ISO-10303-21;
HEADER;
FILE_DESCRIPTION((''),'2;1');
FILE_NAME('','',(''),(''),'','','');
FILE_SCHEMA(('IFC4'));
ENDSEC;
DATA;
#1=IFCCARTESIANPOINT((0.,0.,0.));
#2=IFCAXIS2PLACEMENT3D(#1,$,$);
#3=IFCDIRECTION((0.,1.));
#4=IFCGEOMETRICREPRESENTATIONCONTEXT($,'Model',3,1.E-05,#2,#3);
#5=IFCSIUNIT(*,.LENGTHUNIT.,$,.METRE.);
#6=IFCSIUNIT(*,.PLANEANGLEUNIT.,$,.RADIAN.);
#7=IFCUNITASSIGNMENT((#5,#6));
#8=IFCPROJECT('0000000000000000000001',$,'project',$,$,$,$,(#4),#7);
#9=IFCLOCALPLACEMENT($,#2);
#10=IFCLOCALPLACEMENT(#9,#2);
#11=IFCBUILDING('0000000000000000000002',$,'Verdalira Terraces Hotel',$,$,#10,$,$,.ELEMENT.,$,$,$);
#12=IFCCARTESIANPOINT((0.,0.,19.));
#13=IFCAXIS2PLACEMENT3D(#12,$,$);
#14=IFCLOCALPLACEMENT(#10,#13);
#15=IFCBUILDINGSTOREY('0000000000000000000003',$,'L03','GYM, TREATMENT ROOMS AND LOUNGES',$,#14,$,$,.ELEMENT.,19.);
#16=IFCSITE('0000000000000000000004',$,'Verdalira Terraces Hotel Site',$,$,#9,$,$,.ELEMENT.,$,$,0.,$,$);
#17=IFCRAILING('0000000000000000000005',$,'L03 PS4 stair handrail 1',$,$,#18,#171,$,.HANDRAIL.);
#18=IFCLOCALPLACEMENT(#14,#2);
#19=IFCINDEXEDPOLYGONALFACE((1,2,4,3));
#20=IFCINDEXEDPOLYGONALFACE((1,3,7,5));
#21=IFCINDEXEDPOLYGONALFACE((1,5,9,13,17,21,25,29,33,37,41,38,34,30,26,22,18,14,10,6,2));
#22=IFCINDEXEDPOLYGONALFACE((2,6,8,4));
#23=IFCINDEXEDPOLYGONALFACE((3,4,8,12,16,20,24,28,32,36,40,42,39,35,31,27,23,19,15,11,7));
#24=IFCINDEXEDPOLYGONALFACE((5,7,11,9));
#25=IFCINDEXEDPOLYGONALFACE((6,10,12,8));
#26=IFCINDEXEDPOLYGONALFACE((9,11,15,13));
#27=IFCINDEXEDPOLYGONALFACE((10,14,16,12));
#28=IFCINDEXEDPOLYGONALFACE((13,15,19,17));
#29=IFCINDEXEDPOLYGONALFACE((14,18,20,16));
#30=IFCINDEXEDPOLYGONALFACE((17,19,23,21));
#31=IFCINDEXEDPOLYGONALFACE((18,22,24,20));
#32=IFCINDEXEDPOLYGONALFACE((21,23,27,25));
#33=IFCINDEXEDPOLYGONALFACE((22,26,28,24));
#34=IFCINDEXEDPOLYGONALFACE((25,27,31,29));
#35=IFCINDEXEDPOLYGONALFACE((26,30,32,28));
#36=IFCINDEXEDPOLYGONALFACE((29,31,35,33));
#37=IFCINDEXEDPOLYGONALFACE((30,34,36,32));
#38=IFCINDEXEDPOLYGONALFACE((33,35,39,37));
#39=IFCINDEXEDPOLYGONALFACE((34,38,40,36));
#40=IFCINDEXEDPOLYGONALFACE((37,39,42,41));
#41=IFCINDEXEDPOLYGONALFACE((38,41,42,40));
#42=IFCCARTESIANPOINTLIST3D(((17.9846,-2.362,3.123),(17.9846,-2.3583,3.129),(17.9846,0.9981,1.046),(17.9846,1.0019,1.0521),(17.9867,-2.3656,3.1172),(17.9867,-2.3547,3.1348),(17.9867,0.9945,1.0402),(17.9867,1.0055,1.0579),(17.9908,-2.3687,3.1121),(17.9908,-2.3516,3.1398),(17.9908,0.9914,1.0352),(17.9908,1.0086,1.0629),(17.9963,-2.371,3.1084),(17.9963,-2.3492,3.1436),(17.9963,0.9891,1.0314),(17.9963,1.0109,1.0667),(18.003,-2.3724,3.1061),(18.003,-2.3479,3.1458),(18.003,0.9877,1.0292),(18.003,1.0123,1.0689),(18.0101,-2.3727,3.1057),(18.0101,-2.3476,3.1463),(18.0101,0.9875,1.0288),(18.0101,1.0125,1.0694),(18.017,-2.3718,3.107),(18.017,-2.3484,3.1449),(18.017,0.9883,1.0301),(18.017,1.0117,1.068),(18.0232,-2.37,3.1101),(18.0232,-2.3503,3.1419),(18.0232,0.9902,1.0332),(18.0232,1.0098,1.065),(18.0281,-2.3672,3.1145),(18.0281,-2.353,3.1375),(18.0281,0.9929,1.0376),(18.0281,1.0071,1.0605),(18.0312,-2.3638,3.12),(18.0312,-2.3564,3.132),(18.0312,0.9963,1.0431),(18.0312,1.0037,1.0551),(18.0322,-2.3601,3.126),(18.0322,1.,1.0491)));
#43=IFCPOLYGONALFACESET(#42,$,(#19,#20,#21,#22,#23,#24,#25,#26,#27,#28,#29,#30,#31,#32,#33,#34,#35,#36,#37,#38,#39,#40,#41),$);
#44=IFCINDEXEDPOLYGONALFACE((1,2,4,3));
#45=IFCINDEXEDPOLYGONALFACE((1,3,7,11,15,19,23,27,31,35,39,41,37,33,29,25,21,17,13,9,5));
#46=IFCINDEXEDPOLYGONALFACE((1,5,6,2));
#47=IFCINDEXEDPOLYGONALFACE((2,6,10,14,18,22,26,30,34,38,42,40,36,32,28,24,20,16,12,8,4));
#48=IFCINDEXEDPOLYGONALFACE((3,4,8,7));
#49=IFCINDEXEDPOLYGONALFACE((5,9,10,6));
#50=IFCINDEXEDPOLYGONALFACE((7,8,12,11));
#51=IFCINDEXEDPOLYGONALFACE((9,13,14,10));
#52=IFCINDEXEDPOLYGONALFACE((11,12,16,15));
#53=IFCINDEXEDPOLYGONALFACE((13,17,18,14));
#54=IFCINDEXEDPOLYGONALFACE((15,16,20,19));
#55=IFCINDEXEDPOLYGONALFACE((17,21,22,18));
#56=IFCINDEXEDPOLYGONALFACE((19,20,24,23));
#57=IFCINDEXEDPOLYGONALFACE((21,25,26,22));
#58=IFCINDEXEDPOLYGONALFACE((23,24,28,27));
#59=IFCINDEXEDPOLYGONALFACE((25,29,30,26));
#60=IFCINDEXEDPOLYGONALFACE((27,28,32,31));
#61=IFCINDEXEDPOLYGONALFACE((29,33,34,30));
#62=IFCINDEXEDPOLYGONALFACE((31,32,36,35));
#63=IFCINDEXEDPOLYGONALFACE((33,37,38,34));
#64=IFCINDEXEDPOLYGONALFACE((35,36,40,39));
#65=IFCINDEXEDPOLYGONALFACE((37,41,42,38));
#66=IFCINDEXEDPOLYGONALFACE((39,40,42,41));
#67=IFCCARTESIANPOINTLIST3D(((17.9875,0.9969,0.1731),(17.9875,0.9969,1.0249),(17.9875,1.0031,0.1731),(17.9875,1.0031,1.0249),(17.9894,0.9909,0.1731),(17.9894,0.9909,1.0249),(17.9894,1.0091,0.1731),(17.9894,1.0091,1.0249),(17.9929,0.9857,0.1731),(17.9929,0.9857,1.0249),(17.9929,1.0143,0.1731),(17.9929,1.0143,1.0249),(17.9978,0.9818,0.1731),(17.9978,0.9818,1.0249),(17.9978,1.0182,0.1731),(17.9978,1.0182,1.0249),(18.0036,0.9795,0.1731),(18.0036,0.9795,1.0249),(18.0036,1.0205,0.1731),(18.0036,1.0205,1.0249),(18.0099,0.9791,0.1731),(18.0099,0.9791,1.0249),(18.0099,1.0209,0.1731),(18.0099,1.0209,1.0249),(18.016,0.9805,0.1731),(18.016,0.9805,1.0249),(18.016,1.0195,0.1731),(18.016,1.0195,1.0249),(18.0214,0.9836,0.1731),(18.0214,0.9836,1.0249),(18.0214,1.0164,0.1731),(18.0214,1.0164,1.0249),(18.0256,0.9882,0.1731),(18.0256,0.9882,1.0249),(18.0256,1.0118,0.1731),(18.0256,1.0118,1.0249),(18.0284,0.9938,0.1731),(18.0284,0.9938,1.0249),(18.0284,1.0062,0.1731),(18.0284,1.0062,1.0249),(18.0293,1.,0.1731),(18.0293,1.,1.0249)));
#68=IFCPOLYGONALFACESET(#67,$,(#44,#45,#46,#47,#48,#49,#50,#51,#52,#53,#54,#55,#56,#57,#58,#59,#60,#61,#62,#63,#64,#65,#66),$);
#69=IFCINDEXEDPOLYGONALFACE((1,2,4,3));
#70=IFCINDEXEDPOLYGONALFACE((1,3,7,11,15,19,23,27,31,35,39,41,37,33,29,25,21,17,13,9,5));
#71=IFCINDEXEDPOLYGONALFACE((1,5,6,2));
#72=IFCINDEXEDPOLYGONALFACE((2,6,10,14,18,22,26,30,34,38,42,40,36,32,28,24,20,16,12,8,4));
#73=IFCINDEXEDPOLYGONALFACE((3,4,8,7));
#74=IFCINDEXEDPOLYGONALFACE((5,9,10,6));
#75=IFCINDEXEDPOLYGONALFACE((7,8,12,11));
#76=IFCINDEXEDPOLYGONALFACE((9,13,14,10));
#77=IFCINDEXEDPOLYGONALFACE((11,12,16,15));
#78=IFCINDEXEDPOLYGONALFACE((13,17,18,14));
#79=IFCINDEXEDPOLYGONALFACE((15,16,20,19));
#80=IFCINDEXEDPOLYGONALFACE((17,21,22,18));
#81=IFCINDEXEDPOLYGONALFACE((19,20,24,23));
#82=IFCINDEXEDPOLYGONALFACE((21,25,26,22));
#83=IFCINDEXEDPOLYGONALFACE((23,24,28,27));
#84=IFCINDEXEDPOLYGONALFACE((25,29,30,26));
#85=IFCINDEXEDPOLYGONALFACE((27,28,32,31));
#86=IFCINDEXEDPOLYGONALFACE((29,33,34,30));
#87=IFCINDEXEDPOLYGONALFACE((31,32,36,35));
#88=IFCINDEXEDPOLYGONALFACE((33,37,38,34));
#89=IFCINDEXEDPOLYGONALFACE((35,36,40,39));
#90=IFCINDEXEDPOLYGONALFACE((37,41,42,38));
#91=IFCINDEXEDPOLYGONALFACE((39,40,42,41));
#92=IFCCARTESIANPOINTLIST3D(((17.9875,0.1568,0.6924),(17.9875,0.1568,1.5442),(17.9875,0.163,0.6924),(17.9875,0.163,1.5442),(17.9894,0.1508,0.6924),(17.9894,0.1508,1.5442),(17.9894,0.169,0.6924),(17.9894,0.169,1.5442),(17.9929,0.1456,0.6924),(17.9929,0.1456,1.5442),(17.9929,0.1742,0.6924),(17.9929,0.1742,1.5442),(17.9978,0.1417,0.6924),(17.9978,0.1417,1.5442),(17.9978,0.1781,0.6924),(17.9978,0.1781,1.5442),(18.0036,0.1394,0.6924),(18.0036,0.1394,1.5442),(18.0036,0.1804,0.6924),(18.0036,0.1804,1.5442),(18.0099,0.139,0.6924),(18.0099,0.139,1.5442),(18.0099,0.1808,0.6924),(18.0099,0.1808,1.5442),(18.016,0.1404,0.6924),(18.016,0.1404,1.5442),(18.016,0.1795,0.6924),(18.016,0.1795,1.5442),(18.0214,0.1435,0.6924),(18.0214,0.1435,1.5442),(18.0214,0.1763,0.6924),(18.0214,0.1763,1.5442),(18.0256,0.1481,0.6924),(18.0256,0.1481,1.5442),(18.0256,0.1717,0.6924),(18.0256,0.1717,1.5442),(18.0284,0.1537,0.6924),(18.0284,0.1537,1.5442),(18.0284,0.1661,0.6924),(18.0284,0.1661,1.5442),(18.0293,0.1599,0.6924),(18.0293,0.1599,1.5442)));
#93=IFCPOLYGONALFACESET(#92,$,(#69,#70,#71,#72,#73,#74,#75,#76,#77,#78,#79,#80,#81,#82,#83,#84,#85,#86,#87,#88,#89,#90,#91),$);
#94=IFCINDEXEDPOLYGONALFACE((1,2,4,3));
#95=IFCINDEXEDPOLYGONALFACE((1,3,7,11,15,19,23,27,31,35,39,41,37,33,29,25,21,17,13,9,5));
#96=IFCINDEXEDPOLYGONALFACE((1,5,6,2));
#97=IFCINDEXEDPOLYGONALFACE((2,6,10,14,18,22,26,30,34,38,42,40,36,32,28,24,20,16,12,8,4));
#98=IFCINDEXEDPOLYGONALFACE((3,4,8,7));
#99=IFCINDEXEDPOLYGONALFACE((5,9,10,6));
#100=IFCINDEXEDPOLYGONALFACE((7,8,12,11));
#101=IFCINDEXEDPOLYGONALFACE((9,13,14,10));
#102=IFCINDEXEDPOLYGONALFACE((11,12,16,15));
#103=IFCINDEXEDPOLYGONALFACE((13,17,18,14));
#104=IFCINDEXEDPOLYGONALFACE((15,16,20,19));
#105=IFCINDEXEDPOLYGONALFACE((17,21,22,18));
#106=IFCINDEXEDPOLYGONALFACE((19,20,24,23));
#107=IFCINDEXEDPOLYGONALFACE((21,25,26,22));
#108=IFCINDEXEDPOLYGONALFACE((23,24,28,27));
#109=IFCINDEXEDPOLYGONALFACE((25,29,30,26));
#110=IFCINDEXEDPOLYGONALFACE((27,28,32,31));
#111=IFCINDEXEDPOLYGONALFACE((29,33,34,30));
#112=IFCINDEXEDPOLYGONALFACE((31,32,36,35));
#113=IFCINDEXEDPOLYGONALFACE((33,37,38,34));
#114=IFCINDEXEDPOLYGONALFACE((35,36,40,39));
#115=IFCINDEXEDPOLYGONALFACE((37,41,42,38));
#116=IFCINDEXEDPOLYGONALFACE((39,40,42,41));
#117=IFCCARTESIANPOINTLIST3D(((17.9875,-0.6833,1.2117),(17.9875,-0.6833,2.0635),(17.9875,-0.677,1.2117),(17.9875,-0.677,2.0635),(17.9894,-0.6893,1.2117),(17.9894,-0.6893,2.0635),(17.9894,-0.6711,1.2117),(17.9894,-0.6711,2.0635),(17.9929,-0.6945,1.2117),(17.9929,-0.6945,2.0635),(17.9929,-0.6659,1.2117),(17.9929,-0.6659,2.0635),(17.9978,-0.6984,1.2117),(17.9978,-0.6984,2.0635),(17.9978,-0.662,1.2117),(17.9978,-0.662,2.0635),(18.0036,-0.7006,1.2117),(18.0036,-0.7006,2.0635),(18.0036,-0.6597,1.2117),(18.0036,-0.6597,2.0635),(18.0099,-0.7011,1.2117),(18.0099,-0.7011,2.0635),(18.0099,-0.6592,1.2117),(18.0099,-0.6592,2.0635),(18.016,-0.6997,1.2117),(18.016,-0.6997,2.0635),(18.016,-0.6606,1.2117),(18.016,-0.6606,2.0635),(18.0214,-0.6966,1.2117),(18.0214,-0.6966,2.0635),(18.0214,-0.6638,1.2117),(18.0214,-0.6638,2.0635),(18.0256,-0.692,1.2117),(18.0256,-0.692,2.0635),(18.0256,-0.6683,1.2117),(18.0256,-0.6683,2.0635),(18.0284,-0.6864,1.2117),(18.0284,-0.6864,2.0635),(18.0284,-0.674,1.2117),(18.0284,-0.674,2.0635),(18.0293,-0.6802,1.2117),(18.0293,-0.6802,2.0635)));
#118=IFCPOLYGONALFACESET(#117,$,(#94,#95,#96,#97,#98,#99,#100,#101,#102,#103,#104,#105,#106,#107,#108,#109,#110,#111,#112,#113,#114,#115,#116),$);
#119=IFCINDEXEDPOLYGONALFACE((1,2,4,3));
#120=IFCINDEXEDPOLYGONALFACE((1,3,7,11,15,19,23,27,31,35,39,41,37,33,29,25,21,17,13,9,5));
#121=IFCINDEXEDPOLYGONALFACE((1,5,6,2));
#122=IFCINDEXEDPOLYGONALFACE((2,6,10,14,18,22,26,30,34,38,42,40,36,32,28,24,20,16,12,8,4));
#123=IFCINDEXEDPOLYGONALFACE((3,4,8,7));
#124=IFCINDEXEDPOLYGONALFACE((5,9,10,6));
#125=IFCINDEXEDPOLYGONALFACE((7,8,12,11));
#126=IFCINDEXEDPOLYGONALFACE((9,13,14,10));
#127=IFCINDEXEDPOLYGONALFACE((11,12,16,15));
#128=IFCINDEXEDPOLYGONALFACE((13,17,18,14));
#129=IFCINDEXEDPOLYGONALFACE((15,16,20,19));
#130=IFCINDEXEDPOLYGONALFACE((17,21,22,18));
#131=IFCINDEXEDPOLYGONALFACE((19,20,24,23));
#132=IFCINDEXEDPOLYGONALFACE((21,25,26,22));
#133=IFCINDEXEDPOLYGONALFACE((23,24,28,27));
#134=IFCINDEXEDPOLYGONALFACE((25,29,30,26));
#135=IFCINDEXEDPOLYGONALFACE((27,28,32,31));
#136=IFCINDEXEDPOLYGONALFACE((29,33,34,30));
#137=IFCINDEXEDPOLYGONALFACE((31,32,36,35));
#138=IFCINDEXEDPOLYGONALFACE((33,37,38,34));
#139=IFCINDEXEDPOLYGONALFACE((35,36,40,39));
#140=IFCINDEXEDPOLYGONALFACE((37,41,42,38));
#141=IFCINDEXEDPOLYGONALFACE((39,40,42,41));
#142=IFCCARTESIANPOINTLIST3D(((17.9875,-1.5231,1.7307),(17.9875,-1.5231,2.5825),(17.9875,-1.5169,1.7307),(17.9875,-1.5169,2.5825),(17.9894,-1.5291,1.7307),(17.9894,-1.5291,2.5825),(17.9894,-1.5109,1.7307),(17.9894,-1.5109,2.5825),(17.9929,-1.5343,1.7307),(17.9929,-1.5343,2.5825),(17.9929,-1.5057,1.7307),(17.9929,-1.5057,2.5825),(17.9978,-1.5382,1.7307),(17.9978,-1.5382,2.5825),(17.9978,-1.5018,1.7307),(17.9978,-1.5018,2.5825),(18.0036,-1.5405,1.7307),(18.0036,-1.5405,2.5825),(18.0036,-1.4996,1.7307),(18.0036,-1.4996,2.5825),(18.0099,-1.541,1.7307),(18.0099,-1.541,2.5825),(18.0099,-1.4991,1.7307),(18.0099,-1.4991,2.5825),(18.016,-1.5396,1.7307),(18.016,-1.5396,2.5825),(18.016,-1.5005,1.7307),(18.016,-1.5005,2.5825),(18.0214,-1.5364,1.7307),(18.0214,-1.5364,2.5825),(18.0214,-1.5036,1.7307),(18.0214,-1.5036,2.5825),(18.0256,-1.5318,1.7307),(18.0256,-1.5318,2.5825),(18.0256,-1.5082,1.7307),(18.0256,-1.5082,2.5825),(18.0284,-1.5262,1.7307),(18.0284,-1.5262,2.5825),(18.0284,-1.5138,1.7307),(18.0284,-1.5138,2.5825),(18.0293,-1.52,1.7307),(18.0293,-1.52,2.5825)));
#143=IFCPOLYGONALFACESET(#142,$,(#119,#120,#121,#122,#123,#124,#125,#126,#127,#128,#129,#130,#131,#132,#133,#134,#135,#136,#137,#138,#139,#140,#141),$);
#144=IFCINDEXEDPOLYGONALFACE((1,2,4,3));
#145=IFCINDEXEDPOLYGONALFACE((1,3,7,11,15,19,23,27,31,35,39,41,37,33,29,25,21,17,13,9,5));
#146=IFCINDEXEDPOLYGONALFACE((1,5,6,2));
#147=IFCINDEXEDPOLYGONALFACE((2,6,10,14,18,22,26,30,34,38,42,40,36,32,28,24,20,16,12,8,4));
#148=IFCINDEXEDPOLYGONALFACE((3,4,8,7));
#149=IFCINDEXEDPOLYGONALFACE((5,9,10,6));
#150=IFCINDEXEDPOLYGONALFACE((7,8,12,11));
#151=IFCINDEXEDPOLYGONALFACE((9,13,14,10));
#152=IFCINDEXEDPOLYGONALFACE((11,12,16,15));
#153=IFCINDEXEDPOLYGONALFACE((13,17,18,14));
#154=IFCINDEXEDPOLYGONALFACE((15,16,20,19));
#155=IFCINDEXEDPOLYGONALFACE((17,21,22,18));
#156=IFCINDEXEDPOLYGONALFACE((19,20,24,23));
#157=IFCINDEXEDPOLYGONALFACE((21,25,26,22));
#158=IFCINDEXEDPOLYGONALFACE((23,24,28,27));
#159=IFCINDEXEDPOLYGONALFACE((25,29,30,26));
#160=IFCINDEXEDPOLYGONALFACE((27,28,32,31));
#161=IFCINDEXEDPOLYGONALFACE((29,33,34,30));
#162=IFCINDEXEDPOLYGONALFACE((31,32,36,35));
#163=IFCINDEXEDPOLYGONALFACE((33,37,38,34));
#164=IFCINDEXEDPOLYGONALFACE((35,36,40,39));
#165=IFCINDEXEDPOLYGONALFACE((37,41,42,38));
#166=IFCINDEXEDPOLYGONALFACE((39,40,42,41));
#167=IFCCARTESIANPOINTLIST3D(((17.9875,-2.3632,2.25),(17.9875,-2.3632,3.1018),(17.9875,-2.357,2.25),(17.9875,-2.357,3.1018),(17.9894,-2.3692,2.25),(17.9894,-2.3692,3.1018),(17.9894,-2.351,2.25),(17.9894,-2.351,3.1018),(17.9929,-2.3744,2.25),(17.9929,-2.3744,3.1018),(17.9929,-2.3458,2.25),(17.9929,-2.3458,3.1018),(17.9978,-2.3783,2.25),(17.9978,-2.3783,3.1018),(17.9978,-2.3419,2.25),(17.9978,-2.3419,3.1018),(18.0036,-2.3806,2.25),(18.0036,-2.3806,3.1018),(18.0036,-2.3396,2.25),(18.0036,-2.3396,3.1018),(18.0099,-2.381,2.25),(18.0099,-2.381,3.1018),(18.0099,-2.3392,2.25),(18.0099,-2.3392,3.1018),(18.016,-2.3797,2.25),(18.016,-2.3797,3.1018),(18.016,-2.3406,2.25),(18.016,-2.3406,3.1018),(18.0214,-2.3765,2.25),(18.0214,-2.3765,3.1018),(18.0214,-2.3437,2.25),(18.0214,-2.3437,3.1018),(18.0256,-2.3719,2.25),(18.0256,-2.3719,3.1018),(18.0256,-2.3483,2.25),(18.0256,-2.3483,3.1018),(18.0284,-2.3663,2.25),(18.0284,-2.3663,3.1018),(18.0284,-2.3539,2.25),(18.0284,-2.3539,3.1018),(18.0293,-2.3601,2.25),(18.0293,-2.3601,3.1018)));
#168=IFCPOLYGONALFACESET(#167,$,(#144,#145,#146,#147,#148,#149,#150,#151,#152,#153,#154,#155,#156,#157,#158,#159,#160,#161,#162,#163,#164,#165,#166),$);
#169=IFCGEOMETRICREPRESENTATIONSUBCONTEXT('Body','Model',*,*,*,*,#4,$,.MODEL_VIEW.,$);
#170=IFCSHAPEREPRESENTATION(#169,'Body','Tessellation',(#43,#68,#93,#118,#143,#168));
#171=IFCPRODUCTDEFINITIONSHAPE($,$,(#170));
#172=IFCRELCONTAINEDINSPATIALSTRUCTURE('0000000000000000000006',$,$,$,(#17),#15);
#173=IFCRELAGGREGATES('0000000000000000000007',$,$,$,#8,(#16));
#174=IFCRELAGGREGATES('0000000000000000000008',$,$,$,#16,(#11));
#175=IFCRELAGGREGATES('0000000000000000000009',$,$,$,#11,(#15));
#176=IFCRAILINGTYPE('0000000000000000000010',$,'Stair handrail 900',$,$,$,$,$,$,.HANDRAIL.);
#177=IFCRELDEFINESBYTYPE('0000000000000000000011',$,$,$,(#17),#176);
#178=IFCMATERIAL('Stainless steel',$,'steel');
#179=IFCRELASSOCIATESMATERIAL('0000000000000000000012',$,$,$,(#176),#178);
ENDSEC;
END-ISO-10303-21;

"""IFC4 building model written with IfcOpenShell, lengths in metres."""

from ifc_helpers import new_model, si_unit, direction, frame, origin, origin_2d, place, context, subcontext, project, spatial, circle, extrude, material, type_object, element, save


model = new_model("IFC4")

# Units and contexts
model_context = context("Model", 3, precision=1e-05, world=origin(), true_north=direction((0.0, 1.0)))
body_context = subcontext(model_context, "Body", "Model", "MODEL_VIEW")
ifc_project = project(units=[si_unit("LENGTHUNIT", "METRE"), si_unit("PLANEANGLEUNIT", "RADIAN")], contexts=[model_context])

# Site, building, storey
site_placement = place(None, origin())
site = spatial("IfcSite", under=ifc_project, at=site_placement, Name="Verdalira Terraces Hotel Site", CompositionType="ELEMENT", RefElevation=0.0)
building_placement = place(site_placement, origin())
building = spatial("IfcBuilding", under=site, at=building_placement, Name="Verdalira Terraces Hotel", CompositionType="ELEMENT")
storey_placement = place(building_placement, frame((0.0, 0.0, 19.0)))
storey = spatial("IfcBuildingStorey", under=building, at=storey_placement, Name="L03", Description="GYM, TREATMENT ROOMS AND LOUNGES", CompositionType="ELEMENT", Elevation=19.0)

# Railing
ifc_material_1 = material(Name="Stainless steel", Category="steel")
railing_type_1 = type_object("IfcRailingType", Name="Stair handrail 900", PredefinedType="HANDRAIL", material=ifc_material_1)
railing_1_placement = place(storey_placement, frame((18.0083, 1.0, 0.1731)))
element("IfcRailing", 1, at=railing_1_placement, inside=storey, type_object=railing_type_1, Name="L03 PS4 stair handrail 1", PredefinedType="HANDRAIL", context=body_context, shape_type="SweptSolid", body=[
    extrude(circle(Radius=0.0239, at=origin_2d()), frame((0.0, 0.0, 0.876), z_axis=(0.0, -0.850623, 0.525776), x_axis=(1.0, 0.0, 0.0)), (0.0, 0.0, 1.0), 3.9502),
    extrude(circle(Radius=0.021, at=origin_2d()), origin(), (0.0, 0.0, 1.0), 0.8518),
    extrude(circle(Radius=0.021, at=origin_2d()), frame((0.0, -0.8401, 0.5193)), (0.0, 0.0, 1.0), 0.8518),
    extrude(circle(Radius=0.021, at=origin_2d()), frame((0.0, -1.6802, 1.0386)), (0.0, 0.0, 1.0), 0.8518),
    extrude(circle(Radius=0.021, at=origin_2d()), frame((0.0, -2.52, 1.5576)), (0.0, 0.0, 1.0), 0.8518),
    extrude(circle(Radius=0.021, at=origin_2d()), frame((0.0, -3.3601, 2.0769)), (0.0, 0.0, 1.0), 0.8518),
])

save(model, "model.ifc")
